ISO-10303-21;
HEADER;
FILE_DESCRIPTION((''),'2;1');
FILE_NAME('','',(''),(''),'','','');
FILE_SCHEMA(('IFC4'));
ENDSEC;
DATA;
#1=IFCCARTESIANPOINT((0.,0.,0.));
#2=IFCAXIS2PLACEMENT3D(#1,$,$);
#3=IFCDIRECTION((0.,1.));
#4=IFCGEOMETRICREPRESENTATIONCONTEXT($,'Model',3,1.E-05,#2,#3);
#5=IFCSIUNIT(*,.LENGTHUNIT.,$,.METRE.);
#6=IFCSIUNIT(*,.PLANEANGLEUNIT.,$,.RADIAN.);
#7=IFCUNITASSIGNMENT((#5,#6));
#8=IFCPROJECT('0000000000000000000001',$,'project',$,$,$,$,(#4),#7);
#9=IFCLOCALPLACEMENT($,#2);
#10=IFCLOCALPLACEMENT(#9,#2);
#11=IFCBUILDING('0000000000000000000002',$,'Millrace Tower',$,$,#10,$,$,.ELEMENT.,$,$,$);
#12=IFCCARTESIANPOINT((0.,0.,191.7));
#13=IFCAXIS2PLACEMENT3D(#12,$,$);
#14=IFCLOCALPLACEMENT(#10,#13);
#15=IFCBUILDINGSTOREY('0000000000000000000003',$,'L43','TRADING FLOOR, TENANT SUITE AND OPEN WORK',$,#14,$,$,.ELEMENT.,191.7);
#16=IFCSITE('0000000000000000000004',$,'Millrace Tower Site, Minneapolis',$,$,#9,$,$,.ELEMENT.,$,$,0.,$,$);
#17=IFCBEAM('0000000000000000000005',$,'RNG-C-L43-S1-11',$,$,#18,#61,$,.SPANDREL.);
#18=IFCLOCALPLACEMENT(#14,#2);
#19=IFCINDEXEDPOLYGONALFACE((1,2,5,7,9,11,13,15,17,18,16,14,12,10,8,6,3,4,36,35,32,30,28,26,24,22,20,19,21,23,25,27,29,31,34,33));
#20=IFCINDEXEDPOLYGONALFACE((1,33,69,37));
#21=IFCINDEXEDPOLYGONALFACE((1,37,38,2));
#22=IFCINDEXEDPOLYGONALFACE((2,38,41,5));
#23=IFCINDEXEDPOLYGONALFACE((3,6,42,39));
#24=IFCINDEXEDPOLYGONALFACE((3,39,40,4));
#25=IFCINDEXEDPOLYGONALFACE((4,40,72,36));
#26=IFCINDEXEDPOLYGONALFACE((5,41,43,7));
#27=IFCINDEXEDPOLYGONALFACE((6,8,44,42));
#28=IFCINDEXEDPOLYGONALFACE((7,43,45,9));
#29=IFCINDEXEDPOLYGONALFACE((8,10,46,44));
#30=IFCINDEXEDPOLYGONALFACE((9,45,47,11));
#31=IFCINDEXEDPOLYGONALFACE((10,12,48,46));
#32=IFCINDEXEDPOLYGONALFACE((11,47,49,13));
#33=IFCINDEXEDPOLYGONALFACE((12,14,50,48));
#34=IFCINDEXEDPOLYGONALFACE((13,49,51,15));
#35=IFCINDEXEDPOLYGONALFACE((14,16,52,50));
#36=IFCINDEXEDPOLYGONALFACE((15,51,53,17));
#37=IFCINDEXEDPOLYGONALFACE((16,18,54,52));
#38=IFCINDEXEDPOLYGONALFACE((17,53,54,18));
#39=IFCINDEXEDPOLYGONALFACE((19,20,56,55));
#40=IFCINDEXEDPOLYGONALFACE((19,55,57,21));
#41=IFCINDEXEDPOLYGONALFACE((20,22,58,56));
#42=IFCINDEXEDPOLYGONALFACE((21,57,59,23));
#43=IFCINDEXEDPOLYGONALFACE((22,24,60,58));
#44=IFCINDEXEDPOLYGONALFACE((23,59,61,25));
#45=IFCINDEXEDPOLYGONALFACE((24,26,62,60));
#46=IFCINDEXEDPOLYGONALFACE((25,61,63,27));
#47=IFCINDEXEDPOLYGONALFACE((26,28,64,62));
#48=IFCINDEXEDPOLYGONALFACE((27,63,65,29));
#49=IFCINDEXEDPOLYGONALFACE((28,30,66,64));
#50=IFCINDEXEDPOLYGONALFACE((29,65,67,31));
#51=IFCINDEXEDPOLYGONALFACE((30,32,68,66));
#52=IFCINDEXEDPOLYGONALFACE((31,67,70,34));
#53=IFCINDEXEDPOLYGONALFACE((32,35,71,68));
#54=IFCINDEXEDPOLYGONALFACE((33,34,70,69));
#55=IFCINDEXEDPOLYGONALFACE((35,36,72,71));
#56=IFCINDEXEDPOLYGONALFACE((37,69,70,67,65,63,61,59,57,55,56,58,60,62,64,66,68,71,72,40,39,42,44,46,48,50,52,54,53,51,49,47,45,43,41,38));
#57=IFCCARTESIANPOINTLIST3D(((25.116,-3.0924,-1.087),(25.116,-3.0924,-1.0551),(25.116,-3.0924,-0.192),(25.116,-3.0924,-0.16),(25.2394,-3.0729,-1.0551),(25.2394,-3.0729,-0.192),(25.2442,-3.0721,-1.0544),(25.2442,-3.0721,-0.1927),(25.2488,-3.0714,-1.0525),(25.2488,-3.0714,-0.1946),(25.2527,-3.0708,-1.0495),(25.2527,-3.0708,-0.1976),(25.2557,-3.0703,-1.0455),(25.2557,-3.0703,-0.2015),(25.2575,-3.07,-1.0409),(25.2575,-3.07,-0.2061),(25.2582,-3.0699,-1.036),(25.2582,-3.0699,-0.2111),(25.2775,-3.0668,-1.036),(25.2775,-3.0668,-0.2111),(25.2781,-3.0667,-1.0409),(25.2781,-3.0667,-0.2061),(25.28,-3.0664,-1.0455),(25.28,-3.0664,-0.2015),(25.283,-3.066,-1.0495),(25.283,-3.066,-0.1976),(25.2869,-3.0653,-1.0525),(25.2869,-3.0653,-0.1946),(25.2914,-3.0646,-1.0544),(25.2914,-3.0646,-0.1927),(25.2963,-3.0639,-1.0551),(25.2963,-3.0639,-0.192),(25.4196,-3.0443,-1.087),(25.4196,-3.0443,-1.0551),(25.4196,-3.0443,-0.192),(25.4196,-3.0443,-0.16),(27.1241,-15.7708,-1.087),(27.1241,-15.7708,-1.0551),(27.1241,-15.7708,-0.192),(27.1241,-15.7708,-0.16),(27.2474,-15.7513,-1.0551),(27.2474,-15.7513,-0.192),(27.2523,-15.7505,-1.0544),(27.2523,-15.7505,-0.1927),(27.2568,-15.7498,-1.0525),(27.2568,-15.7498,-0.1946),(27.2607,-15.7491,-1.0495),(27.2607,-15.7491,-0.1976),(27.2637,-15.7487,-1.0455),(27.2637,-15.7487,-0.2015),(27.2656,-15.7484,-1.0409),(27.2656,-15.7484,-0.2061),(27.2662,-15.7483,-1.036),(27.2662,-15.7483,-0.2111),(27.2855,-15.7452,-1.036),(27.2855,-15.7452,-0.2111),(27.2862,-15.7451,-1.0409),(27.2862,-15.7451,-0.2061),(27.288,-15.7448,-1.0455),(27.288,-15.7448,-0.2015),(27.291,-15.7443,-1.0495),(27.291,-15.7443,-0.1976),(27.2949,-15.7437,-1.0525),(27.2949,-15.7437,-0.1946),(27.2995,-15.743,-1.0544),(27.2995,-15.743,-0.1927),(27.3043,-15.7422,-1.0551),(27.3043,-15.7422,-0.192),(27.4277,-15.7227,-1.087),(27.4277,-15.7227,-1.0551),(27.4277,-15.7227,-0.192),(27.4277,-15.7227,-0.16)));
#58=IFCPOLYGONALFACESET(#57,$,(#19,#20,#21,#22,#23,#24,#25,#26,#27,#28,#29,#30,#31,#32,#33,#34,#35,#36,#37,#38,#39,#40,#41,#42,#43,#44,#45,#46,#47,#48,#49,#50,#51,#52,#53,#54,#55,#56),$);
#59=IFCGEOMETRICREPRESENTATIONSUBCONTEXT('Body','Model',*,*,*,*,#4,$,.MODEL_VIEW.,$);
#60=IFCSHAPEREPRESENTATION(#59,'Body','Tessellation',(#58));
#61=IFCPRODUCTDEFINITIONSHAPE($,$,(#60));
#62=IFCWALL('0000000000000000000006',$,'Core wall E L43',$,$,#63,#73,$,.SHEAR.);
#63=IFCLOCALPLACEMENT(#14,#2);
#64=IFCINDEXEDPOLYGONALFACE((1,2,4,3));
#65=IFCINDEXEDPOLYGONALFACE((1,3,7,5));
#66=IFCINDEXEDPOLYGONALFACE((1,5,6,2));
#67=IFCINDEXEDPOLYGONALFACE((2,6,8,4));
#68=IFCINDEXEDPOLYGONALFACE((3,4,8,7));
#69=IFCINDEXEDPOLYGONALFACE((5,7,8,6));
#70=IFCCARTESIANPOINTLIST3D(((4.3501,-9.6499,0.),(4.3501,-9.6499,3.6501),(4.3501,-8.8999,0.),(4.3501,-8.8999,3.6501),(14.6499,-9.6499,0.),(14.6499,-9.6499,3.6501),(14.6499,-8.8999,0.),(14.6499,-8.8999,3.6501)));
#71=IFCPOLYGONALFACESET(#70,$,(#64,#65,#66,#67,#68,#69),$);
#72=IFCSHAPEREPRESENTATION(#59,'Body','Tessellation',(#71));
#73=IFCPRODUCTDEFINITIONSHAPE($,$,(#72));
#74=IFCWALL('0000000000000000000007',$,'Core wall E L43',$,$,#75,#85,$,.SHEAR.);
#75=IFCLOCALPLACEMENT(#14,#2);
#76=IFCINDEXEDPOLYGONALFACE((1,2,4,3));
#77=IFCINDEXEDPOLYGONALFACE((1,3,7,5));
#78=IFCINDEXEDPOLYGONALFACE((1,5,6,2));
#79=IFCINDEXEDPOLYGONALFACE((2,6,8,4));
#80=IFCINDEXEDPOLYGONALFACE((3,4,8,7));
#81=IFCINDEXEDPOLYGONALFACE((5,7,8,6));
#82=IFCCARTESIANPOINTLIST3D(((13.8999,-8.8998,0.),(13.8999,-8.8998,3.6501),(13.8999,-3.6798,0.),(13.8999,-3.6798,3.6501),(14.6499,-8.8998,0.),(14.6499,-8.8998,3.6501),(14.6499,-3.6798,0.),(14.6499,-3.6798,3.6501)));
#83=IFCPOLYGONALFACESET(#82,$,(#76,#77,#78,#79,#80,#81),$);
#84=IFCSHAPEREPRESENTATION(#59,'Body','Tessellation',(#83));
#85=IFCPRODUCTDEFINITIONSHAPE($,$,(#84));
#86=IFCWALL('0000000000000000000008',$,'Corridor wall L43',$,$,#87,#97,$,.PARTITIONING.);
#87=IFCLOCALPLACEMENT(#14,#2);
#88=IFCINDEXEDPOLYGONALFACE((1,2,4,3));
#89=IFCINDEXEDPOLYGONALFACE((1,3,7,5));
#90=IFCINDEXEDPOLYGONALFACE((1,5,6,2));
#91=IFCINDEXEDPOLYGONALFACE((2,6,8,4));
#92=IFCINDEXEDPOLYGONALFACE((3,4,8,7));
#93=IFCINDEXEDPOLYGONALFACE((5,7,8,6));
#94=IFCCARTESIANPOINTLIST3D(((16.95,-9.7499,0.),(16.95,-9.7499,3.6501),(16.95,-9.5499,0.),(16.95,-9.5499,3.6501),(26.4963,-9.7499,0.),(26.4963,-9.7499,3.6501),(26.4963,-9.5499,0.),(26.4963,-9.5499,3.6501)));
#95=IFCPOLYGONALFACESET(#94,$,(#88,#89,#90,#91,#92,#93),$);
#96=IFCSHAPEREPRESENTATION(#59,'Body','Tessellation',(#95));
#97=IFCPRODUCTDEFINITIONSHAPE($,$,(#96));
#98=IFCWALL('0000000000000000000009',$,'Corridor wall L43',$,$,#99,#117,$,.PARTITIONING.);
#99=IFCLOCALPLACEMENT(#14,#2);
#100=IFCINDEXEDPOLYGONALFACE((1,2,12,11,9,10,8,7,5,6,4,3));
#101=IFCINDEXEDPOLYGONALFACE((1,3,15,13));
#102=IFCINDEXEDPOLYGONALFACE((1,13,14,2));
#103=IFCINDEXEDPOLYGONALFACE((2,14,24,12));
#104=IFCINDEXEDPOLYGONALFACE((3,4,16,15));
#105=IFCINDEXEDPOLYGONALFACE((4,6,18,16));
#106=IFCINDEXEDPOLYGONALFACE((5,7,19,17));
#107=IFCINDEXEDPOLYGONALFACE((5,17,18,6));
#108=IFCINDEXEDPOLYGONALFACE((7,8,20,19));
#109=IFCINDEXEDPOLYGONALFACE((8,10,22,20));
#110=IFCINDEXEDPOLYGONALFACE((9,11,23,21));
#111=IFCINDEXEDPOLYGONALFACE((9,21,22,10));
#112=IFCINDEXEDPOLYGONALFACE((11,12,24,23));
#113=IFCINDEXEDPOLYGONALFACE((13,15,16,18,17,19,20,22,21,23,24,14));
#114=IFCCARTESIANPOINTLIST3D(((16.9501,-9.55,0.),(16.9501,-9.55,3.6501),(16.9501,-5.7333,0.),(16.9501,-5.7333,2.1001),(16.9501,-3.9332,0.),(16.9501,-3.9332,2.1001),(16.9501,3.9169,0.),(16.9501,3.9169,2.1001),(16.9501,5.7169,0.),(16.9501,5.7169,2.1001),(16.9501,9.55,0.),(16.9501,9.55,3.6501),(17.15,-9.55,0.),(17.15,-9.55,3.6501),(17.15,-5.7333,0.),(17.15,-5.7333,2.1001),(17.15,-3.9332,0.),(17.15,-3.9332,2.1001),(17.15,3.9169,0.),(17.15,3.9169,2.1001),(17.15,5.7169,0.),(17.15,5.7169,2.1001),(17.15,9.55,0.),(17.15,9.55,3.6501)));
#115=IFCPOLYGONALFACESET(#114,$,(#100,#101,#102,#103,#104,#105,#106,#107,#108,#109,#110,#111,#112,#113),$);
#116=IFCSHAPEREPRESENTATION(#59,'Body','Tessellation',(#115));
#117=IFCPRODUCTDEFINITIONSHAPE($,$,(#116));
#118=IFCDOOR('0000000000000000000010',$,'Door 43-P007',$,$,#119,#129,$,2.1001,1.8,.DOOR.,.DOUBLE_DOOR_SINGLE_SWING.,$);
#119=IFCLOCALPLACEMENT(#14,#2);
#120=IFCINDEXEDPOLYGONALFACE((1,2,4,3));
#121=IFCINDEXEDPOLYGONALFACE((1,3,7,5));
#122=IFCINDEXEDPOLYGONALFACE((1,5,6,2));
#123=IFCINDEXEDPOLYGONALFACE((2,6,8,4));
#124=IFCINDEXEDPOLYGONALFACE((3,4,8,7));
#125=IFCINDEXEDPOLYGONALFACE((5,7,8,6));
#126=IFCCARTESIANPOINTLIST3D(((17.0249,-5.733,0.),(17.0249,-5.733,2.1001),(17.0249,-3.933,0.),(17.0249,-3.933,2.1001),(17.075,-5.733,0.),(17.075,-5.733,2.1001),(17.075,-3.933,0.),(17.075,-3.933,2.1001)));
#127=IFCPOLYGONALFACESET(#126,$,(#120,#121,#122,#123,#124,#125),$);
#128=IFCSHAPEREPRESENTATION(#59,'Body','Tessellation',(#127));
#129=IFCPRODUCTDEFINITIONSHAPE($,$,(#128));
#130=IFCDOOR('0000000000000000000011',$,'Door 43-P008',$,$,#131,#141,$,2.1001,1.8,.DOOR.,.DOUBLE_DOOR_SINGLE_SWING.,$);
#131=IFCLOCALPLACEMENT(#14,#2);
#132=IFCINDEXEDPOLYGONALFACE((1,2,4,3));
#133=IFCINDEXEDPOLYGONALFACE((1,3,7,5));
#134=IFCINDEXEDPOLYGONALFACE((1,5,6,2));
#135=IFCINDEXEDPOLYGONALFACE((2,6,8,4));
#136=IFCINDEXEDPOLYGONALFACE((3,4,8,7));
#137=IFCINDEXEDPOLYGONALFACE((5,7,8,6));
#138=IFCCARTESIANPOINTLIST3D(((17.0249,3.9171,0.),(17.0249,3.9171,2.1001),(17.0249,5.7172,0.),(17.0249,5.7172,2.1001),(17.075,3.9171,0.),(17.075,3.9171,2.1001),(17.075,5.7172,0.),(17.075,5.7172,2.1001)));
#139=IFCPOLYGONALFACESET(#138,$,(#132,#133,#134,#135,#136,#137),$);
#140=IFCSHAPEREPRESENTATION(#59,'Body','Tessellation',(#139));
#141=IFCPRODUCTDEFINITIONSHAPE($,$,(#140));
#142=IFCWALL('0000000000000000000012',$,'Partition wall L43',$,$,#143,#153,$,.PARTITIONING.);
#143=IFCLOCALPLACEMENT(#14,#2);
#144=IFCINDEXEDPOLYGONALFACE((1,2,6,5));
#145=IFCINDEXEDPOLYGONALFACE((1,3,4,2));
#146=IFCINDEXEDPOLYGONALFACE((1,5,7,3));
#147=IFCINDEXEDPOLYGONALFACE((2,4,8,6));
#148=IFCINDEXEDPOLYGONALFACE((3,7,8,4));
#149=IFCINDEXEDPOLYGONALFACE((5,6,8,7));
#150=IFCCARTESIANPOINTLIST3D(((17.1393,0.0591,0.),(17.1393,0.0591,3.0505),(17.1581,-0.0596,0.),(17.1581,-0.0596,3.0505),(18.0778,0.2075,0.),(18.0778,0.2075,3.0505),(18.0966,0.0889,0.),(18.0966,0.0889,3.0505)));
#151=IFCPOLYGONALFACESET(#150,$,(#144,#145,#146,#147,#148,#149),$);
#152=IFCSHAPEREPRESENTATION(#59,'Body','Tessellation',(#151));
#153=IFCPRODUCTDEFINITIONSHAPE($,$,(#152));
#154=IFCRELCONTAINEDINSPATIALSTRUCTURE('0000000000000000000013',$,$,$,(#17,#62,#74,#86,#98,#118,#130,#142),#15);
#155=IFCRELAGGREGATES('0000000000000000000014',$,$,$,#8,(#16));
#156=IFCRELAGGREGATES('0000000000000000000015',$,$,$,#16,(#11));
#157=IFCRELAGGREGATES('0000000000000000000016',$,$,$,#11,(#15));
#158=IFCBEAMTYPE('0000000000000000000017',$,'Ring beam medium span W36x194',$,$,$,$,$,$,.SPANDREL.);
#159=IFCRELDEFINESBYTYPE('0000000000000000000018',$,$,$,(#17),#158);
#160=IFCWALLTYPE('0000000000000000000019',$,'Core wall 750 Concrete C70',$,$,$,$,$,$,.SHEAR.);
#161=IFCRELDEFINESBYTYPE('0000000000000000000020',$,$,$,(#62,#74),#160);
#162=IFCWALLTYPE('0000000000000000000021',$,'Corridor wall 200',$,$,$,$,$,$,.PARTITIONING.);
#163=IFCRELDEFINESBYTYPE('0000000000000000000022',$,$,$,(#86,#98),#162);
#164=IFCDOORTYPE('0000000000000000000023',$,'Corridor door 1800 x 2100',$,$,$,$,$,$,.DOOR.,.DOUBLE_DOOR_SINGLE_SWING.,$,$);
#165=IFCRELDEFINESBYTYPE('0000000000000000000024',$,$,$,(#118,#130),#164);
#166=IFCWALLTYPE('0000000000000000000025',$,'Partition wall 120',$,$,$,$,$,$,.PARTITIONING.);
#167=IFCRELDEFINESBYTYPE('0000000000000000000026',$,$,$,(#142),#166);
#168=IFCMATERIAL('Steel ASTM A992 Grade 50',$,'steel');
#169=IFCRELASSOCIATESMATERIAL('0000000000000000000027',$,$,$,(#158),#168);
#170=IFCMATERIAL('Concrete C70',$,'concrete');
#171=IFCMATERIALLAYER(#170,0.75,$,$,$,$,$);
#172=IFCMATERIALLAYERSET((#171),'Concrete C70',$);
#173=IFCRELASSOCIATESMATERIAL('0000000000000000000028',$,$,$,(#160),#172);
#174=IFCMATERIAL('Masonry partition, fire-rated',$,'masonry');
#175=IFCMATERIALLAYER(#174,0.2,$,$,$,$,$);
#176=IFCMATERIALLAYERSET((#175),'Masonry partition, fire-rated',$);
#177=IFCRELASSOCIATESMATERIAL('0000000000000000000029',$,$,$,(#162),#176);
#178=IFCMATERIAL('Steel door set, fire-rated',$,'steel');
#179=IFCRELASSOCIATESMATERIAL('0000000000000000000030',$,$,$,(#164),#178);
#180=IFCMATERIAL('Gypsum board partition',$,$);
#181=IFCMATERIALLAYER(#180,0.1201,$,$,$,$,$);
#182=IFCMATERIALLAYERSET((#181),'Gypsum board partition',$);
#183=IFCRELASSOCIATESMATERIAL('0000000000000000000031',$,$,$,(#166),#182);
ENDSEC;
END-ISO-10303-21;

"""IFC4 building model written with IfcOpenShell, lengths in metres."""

from ifc_helpers import new_model, si_unit, direction, frame, frame_2d, origin, origin_2d, place, context, subcontext, project, spatial, rectangle, i_section, extrude, material, layer, layer_set, material_profile, profile_set, type_object, element, fill, save


model = new_model("IFC4")

# Units and contexts
model_context = context("Model", 3, precision=1e-05, world=origin(), true_north=direction((0.0, 1.0)))
body_context = subcontext(model_context, "Body", "Model", "MODEL_VIEW")
ifc_project = project(units=[si_unit("LENGTHUNIT", "METRE"), si_unit("PLANEANGLEUNIT", "RADIAN")], contexts=[model_context])

# Site, building, storey
site_placement = place(None, origin())
site = spatial("IfcSite", under=ifc_project, at=site_placement, Name="Millrace Tower Site, Minneapolis", CompositionType="ELEMENT", RefElevation=0.0)
building_placement = place(site_placement, origin())
building = spatial("IfcBuilding", under=site, at=building_placement, Name="Millrace Tower", CompositionType="ELEMENT")
storey_placement = place(building_placement, frame((0.0, 0.0, 191.7)))
storey = spatial("IfcBuildingStorey", under=building, at=storey_placement, Name="L43", Description="TRADING FLOOR, TENANT SUITE AND OPEN WORK", CompositionType="ELEMENT", Elevation=191.7)

# Beam
ifc_material_1 = material(Name="Steel ASTM A992 Grade 50", Category="steel")
ifc_material_profile_1 = material_profile(ifc_material_1, i_section(OverallWidth=0.3074, OverallDepth=0.927, WebThickness=0.0195, FlangeThickness=0.032, FilletRadius=0.019, at=origin_2d()))
ifc_profile_set_1 = profile_set([ifc_material_profile_1], Name="Steel ASTM A992 Grade 50")
beam_type_1 = type_object("IfcBeamType", Name="Ring beam medium span W36x194", PredefinedType="SPANDREL", material=ifc_profile_set_1)
beam_1_placement = place(storey_placement, frame((25.2678, -3.0684, -0.6235), z_axis=(0.156433, -0.987689, 0.0), x_axis=(0.987689, 0.156433, 0.0)))
element("IfcBeam", 1, at=beam_1_placement, inside=storey, type_object=beam_type_1, Name="RNG-C-L43-S1-11", PredefinedType="SPANDREL", context=body_context, shape_type="SweptSolid", body=[
    extrude(i_section(OverallWidth=0.3074, OverallDepth=0.927, WebThickness=0.0195, FlangeThickness=0.032, FilletRadius=0.019, at=origin_2d()), origin(), (0.0, 0.0, 1.0), 12.8364),
])

# Walls
ifc_material_2 = material(Name="Concrete C70", Category="concrete")
ifc_layer_1 = layer(ifc_material_2, 0.75)
ifc_layer_set_1 = layer_set([ifc_layer_1], Name="Concrete C70")
wall_type_1 = type_object("IfcWallType", Name="Core wall 750 Concrete C70", PredefinedType="SHEAR", material=ifc_layer_set_1)
wall_1_placement = place(storey_placement, frame((14.6499, -9.2749, 0.0), z_axis=(0.0, 0.0, 1.0), x_axis=(-1.0, 0.0, 0.0)))
element("IfcWall", 2, at=wall_1_placement, inside=storey, type_object=wall_type_1, Name="Core wall E L43", PredefinedType="SHEAR", context=body_context, shape_type="SweptSolid", body=[
    extrude(rectangle(XDim=10.2998, YDim=0.75, at=frame_2d((5.1499, 0.0))), origin(), (0.0, 0.0, 1.0), 3.6501),
])
wall_2_placement = place(storey_placement, frame((14.2749, -3.6799, 0.0), z_axis=(0.0, 0.0, 1.0), x_axis=(0.0, -1.0, 0.0)))
element("IfcWall", 3, at=wall_2_placement, inside=storey, type_object=wall_type_1, Name="Core wall E L43", PredefinedType="SHEAR", context=body_context, shape_type="SweptSolid", body=[
    extrude(rectangle(XDim=5.22, YDim=0.75, at=frame_2d((2.6099, 0.0))), origin(), (0.0, 0.0, 1.0), 3.6501),
])
ifc_material_3 = material(Name="Masonry partition, fire-rated", Category="masonry")
ifc_layer_2 = layer(ifc_material_3, 0.2)
ifc_layer_set_2 = layer_set([ifc_layer_2], Name="Masonry partition, fire-rated")
wall_type_2 = type_object("IfcWallType", Name="Corridor wall 200", PredefinedType="PARTITIONING", material=ifc_layer_set_2)
wall_3_placement = place(storey_placement, frame((16.95, -9.6499, 0.0), z_axis=(0.0, 0.0, 1.0), x_axis=(1.0, 0.0, 0.0)))
element("IfcWall", 4, at=wall_3_placement, inside=storey, type_object=wall_type_2, Name="Corridor wall L43", PredefinedType="PARTITIONING", context=body_context, shape_type="SweptSolid", body=[
    extrude(rectangle(XDim=9.5464, YDim=0.2, at=frame_2d((4.7732, 0.0))), origin(), (0.0, 0.0, 1.0), 3.6501),
])

# Wall, openings, doors
wall_4_placement = place(storey_placement, frame((17.05, -9.55, 0.0), z_axis=(0.0, 0.0, 1.0), x_axis=(0.0, 1.0, 0.0)))
wall_4 = element("IfcWall", 5, at=wall_4_placement, inside=storey, type_object=wall_type_2, Name="Corridor wall L43", PredefinedType="PARTITIONING", context=body_context, shape_type="SweptSolid", body=[
    extrude(rectangle(XDim=19.1001, YDim=0.2, at=frame_2d((9.55, 0.0))), origin(), (0.0, 0.0, 1.0), 3.6501),
])
opening_1_placement = place(wall_4_placement, frame((3.8169, 0.0, 0.0)))
opening_1 = element("IfcOpeningElement", 6, at=opening_1_placement, cuts=wall_4, PredefinedType="OPENING", context=body_context, shape_type="SweptSolid", body=[
    extrude(rectangle(XDim=1.8, YDim=2.1001, at=frame_2d((0.8999, 1.05))), frame((0.0, 0.1099, 0.0), z_axis=(0.0, -1.0, 0.0), x_axis=(1.0, 0.0, 0.0)), (0.0, 0.0, 1.0), 0.22),
])
opening_2_placement = place(wall_4_placement, frame((13.467, 0.0, 0.0)))
opening_2 = element("IfcOpeningElement", 7, at=opening_2_placement, cuts=wall_4, PredefinedType="OPENING", context=body_context, shape_type="SweptSolid", body=[
    extrude(rectangle(XDim=1.8, YDim=2.1001, at=frame_2d((0.8999, 1.05))), frame((0.0, 0.1099, 0.0), z_axis=(0.0, -1.0, 0.0), x_axis=(1.0, 0.0, 0.0)), (0.0, 0.0, 1.0), 0.22),
])
ifc_material_4 = material(Name="Steel door set, fire-rated", Category="steel")
door_type_1 = type_object("IfcDoorType", Name="Corridor door 1800 x 2100", OperationType="DOUBLE_DOOR_SINGLE_SWING", PredefinedType="DOOR", material=ifc_material_4)
door_1_placement = place(opening_1_placement, frame((1.8, 0.0, 0.0), z_axis=(0.0, 0.0, 1.0), x_axis=(-1.0, 0.0, 0.0)))
door_1 = element("IfcDoor", 8, at=door_1_placement, inside=storey, type_object=door_type_1, Name="Door 43-P007", OperationType="DOUBLE_DOOR_SINGLE_SWING", OverallHeight=2.1001, OverallWidth=1.8, PredefinedType="DOOR", context=body_context, shape_type="SweptSolid", body=[
    extrude(rectangle(XDim=1.8, YDim=2.1001, at=frame_2d((0.8999, 1.05))), frame((0.0, 0.0249, 0.0), z_axis=(0.0, -1.0, 0.0), x_axis=(1.0, 0.0, 0.0)), (0.0, 0.0, 1.0), 0.05),
])
fill(opening_1, door_1)
door_2_placement = place(opening_2_placement, frame((1.8, 0.0, 0.0), z_axis=(0.0, 0.0, 1.0), x_axis=(-1.0, 0.0, 0.0)))
door_2 = element("IfcDoor", 9, at=door_2_placement, inside=storey, type_object=door_type_1, Name="Door 43-P008", OperationType="DOUBLE_DOOR_SINGLE_SWING", OverallHeight=2.1001, OverallWidth=1.8, PredefinedType="DOOR", context=body_context, shape_type="SweptSolid", body=[
    extrude(rectangle(XDim=1.8, YDim=2.1001, at=frame_2d((0.8999, 1.05))), frame((0.0, 0.0249, 0.0), z_axis=(0.0, -1.0, 0.0), x_axis=(1.0, 0.0, 0.0)), (0.0, 0.0, 1.0), 0.05),
])
fill(opening_2, door_2)

# Wall
ifc_material_5 = material(Name="Gypsum board partition")
ifc_layer_3 = layer(ifc_material_5, 0.1201)
ifc_layer_set_3 = layer_set([ifc_layer_3], Name="Gypsum board partition")
wall_type_3 = type_object("IfcWallType", Name="Partition wall 120", PredefinedType="PARTITIONING", material=ifc_layer_set_3)
wall_5_placement = place(storey_placement, frame((17.1487, -0.0002, 0.0), z_axis=(0.0, 0.0, 1.0), x_axis=(0.987721, 0.156226, 0.0)))
element("IfcWall", 10, at=wall_5_placement, inside=storey, type_object=wall_type_3, Name="Partition wall L43", PredefinedType="PARTITIONING", context=body_context, shape_type="SweptSolid", body=[
    extrude(rectangle(XDim=0.9502, YDim=0.1201, at=frame_2d((0.4751, 0.0))), origin(), (0.0, 0.0, 1.0), 3.0505),
])

save(model, "model.ifc")
